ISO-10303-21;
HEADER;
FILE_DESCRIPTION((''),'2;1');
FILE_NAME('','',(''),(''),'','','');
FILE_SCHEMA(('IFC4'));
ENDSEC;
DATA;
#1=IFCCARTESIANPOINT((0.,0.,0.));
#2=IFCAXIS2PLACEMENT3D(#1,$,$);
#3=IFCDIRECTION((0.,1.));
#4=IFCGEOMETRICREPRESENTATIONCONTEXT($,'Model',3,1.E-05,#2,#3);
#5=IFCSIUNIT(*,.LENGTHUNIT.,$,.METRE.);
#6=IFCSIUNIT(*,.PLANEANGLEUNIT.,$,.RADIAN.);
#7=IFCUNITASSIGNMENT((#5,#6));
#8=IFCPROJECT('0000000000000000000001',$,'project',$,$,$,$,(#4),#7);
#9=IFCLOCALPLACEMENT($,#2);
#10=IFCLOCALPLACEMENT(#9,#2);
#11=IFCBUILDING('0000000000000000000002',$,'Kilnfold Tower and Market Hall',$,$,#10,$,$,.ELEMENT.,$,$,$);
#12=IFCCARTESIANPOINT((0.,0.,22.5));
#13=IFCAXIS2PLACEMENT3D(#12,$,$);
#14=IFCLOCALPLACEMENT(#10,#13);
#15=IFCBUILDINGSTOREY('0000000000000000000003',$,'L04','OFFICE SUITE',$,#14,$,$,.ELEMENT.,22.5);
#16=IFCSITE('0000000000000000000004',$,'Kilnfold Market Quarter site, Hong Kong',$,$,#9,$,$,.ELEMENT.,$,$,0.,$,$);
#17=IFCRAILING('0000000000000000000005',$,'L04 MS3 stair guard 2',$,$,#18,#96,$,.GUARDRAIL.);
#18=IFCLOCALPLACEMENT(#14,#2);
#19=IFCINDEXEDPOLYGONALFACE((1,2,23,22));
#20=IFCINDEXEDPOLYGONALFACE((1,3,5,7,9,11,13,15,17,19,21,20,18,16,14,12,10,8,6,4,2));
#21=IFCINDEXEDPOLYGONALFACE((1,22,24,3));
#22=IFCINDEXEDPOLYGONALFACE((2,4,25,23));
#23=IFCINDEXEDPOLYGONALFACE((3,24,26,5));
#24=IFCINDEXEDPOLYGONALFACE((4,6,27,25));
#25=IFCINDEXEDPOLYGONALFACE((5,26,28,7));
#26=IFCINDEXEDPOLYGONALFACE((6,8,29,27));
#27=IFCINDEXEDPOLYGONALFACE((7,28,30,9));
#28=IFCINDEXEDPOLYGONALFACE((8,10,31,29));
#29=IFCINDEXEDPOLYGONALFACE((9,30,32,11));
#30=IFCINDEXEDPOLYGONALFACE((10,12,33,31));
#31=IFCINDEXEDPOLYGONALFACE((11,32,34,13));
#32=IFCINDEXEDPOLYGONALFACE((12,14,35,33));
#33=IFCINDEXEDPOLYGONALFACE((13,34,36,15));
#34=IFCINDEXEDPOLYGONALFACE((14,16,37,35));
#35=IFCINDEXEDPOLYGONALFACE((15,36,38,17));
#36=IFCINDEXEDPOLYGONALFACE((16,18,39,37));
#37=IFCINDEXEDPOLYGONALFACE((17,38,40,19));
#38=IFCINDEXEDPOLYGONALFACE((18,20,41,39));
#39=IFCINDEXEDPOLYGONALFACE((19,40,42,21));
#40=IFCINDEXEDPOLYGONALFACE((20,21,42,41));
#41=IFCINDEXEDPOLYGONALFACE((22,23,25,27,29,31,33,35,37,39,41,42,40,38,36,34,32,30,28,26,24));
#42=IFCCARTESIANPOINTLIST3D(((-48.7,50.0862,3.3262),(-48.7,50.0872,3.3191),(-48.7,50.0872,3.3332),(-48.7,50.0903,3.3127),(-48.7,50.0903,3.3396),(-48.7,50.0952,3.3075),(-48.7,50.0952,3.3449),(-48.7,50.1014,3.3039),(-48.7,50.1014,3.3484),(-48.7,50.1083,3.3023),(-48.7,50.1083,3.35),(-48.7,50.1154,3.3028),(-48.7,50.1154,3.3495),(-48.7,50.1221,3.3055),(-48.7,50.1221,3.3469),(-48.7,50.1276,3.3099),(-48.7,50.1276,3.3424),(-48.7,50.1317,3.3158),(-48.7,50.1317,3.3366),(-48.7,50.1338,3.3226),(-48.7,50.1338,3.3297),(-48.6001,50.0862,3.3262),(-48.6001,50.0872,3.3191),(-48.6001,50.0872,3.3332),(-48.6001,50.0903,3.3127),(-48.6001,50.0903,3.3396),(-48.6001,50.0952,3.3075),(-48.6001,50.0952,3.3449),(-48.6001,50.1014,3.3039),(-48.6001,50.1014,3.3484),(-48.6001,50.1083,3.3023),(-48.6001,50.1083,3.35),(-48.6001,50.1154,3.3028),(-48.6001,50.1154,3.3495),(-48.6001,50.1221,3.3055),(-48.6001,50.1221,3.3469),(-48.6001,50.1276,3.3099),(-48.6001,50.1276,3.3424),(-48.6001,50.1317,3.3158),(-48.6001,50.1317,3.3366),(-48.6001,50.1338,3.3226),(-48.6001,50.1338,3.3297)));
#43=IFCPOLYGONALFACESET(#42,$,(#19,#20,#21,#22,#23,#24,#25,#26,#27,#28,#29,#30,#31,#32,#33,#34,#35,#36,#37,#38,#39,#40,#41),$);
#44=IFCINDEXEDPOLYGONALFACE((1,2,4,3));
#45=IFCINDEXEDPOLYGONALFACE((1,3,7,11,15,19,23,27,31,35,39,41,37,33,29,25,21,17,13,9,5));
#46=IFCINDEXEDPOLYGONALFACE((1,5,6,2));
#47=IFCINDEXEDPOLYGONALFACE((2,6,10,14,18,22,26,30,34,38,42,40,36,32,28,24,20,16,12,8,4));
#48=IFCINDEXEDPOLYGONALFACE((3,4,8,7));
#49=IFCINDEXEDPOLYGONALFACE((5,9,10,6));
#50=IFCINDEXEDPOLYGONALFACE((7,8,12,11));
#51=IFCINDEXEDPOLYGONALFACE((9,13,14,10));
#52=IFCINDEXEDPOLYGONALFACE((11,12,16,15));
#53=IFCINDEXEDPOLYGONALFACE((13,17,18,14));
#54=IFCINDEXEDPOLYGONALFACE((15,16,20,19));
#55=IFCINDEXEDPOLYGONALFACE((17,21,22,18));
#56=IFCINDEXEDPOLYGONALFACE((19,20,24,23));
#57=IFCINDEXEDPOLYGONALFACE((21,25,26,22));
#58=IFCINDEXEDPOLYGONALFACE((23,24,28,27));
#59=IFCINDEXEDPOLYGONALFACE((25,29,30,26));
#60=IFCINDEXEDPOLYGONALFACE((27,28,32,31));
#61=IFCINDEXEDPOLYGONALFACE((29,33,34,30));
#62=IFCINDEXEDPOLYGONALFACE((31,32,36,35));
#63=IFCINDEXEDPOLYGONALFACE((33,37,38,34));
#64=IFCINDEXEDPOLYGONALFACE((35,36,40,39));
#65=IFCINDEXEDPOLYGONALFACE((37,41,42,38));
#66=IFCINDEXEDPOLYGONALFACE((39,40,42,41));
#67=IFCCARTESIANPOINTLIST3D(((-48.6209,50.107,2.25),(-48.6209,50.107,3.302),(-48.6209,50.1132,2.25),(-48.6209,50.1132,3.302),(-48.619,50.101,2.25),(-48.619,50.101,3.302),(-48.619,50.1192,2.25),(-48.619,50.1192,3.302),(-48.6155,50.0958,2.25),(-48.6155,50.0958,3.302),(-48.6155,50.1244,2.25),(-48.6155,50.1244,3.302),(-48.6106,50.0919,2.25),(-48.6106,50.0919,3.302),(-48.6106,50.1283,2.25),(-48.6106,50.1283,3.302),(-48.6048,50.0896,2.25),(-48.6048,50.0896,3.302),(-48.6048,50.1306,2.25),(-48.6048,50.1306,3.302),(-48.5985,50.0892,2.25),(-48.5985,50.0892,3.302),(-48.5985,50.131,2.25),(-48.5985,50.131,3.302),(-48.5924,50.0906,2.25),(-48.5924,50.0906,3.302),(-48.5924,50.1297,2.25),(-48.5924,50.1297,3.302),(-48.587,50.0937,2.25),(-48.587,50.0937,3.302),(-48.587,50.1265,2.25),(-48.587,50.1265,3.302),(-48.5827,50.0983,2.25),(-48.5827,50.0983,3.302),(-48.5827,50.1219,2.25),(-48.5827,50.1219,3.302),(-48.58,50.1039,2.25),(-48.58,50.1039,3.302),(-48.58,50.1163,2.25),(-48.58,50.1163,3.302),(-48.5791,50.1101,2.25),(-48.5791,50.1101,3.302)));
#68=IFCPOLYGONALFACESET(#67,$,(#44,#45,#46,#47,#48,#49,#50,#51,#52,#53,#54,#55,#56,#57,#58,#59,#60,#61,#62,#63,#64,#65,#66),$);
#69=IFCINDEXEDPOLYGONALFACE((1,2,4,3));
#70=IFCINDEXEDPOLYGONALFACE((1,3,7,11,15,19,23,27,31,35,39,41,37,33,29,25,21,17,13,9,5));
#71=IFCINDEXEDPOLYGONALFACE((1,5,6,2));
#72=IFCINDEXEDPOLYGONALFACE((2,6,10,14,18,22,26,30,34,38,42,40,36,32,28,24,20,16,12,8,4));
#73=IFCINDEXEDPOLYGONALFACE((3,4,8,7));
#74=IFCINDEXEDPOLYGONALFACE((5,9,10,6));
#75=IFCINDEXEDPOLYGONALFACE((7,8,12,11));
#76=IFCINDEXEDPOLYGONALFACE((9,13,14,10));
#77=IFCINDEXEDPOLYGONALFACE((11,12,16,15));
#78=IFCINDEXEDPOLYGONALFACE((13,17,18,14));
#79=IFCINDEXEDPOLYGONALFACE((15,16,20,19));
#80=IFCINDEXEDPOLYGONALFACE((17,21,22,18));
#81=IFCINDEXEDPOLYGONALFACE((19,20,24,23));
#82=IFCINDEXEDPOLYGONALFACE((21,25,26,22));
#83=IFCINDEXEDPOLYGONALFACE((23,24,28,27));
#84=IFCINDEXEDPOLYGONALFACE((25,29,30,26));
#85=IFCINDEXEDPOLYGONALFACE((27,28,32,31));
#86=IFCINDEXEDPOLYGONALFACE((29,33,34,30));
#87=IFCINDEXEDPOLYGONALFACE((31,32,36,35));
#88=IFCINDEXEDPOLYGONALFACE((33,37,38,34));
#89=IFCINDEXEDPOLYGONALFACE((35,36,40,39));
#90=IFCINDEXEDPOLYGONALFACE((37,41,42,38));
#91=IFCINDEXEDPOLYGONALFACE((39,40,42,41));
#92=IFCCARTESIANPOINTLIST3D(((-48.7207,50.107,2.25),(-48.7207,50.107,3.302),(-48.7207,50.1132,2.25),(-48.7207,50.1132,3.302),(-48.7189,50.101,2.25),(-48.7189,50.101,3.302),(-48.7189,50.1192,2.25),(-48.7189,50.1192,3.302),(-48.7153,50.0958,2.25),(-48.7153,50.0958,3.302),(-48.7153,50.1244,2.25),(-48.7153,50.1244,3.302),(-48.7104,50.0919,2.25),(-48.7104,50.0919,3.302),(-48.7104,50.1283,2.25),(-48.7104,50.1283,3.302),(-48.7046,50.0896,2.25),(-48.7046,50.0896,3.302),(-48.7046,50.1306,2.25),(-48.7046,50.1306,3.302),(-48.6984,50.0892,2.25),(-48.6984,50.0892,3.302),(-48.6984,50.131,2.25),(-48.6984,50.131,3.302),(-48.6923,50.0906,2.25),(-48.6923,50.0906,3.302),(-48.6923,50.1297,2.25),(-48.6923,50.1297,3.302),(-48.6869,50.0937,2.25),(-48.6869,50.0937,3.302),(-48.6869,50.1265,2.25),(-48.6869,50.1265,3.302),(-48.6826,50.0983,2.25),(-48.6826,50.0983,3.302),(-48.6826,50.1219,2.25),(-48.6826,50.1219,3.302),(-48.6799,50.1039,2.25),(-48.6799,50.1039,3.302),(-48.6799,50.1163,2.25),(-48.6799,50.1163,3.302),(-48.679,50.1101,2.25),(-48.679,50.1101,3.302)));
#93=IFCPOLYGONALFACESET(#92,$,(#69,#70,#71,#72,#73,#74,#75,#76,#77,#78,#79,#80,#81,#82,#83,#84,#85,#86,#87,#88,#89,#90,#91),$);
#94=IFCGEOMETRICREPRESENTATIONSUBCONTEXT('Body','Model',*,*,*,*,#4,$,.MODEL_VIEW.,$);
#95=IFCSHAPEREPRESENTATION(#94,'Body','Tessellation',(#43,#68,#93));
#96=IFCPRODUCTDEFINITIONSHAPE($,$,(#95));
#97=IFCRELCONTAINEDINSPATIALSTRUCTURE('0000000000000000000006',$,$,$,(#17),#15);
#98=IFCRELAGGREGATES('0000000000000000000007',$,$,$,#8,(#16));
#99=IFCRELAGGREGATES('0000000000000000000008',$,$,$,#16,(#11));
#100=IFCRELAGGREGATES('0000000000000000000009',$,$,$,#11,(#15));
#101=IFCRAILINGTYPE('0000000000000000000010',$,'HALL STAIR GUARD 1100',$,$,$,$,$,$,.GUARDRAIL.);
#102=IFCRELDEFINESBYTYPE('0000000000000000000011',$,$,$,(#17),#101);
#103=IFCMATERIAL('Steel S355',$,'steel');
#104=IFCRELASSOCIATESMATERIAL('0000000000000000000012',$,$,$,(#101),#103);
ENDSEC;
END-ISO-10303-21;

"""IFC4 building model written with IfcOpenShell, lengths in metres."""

from ifc_helpers import new_model, si_unit, direction, frame, origin, origin_2d, place, context, subcontext, project, spatial, circle, extrude, material, type_object, element, save


model = new_model("IFC4")

# Units and contexts
model_context = context("Model", 3, precision=1e-05, world=origin(), true_north=direction((0.0, 1.0)))
body_context = subcontext(model_context, "Body", "Model", "MODEL_VIEW")
ifc_project = project(units=[si_unit("LENGTHUNIT", "METRE"), si_unit("PLANEANGLEUNIT", "RADIAN")], contexts=[model_context])

# Site, building, storey
site_placement = place(None, origin())
site = spatial("IfcSite", under=ifc_project, at=site_placement, Name="Kilnfold Market Quarter site, Hong Kong", CompositionType="ELEMENT", RefElevation=0.0)
building_placement = place(site_placement, origin())
building = spatial("IfcBuilding", under=site, at=building_placement, Name="Kilnfold Tower and Market Hall", CompositionType="ELEMENT")
storey_placement = place(building_placement, frame((0.0, 0.0, 22.5)))
storey = spatial("IfcBuildingStorey", under=building, at=storey_placement, Name="L04", Description="OFFICE SUITE", CompositionType="ELEMENT", Elevation=22.5)

# Railing
ifc_material_1 = material(Name="Steel S355", Category="steel")
railing_type_1 = type_object("IfcRailingType", Name="HALL STAIR GUARD 1100", PredefinedType="GUARDRAIL", material=ifc_material_1)
railing_1_placement = place(storey_placement, frame((-48.6001, 50.1101, 2.25)))
element("IfcRailing", 1, at=railing_1_placement, inside=storey, type_object=railing_type_1, Name="L04 MS3 stair guard 2", PredefinedType="GUARDRAIL", context=body_context, shape_type="SweptSolid", body=[
    extrude(circle(Radius=0.0239, at=origin_2d()), frame((0.0, 0.0, 1.0762), z_axis=(-1.0, 0.0, 0.0), x_axis=(0.0, -1.0, 0.0)), (0.0, 0.0, 1.0), 0.0999),
    extrude(circle(Radius=0.021, at=origin_2d()), origin(), (0.0, 0.0, 1.0), 1.052),
    extrude(circle(Radius=0.021, at=origin_2d()), frame((-0.0999, 0.0, 0.0)), (0.0, 0.0, 1.0), 1.052),
])

save(model, "model.ifc")
